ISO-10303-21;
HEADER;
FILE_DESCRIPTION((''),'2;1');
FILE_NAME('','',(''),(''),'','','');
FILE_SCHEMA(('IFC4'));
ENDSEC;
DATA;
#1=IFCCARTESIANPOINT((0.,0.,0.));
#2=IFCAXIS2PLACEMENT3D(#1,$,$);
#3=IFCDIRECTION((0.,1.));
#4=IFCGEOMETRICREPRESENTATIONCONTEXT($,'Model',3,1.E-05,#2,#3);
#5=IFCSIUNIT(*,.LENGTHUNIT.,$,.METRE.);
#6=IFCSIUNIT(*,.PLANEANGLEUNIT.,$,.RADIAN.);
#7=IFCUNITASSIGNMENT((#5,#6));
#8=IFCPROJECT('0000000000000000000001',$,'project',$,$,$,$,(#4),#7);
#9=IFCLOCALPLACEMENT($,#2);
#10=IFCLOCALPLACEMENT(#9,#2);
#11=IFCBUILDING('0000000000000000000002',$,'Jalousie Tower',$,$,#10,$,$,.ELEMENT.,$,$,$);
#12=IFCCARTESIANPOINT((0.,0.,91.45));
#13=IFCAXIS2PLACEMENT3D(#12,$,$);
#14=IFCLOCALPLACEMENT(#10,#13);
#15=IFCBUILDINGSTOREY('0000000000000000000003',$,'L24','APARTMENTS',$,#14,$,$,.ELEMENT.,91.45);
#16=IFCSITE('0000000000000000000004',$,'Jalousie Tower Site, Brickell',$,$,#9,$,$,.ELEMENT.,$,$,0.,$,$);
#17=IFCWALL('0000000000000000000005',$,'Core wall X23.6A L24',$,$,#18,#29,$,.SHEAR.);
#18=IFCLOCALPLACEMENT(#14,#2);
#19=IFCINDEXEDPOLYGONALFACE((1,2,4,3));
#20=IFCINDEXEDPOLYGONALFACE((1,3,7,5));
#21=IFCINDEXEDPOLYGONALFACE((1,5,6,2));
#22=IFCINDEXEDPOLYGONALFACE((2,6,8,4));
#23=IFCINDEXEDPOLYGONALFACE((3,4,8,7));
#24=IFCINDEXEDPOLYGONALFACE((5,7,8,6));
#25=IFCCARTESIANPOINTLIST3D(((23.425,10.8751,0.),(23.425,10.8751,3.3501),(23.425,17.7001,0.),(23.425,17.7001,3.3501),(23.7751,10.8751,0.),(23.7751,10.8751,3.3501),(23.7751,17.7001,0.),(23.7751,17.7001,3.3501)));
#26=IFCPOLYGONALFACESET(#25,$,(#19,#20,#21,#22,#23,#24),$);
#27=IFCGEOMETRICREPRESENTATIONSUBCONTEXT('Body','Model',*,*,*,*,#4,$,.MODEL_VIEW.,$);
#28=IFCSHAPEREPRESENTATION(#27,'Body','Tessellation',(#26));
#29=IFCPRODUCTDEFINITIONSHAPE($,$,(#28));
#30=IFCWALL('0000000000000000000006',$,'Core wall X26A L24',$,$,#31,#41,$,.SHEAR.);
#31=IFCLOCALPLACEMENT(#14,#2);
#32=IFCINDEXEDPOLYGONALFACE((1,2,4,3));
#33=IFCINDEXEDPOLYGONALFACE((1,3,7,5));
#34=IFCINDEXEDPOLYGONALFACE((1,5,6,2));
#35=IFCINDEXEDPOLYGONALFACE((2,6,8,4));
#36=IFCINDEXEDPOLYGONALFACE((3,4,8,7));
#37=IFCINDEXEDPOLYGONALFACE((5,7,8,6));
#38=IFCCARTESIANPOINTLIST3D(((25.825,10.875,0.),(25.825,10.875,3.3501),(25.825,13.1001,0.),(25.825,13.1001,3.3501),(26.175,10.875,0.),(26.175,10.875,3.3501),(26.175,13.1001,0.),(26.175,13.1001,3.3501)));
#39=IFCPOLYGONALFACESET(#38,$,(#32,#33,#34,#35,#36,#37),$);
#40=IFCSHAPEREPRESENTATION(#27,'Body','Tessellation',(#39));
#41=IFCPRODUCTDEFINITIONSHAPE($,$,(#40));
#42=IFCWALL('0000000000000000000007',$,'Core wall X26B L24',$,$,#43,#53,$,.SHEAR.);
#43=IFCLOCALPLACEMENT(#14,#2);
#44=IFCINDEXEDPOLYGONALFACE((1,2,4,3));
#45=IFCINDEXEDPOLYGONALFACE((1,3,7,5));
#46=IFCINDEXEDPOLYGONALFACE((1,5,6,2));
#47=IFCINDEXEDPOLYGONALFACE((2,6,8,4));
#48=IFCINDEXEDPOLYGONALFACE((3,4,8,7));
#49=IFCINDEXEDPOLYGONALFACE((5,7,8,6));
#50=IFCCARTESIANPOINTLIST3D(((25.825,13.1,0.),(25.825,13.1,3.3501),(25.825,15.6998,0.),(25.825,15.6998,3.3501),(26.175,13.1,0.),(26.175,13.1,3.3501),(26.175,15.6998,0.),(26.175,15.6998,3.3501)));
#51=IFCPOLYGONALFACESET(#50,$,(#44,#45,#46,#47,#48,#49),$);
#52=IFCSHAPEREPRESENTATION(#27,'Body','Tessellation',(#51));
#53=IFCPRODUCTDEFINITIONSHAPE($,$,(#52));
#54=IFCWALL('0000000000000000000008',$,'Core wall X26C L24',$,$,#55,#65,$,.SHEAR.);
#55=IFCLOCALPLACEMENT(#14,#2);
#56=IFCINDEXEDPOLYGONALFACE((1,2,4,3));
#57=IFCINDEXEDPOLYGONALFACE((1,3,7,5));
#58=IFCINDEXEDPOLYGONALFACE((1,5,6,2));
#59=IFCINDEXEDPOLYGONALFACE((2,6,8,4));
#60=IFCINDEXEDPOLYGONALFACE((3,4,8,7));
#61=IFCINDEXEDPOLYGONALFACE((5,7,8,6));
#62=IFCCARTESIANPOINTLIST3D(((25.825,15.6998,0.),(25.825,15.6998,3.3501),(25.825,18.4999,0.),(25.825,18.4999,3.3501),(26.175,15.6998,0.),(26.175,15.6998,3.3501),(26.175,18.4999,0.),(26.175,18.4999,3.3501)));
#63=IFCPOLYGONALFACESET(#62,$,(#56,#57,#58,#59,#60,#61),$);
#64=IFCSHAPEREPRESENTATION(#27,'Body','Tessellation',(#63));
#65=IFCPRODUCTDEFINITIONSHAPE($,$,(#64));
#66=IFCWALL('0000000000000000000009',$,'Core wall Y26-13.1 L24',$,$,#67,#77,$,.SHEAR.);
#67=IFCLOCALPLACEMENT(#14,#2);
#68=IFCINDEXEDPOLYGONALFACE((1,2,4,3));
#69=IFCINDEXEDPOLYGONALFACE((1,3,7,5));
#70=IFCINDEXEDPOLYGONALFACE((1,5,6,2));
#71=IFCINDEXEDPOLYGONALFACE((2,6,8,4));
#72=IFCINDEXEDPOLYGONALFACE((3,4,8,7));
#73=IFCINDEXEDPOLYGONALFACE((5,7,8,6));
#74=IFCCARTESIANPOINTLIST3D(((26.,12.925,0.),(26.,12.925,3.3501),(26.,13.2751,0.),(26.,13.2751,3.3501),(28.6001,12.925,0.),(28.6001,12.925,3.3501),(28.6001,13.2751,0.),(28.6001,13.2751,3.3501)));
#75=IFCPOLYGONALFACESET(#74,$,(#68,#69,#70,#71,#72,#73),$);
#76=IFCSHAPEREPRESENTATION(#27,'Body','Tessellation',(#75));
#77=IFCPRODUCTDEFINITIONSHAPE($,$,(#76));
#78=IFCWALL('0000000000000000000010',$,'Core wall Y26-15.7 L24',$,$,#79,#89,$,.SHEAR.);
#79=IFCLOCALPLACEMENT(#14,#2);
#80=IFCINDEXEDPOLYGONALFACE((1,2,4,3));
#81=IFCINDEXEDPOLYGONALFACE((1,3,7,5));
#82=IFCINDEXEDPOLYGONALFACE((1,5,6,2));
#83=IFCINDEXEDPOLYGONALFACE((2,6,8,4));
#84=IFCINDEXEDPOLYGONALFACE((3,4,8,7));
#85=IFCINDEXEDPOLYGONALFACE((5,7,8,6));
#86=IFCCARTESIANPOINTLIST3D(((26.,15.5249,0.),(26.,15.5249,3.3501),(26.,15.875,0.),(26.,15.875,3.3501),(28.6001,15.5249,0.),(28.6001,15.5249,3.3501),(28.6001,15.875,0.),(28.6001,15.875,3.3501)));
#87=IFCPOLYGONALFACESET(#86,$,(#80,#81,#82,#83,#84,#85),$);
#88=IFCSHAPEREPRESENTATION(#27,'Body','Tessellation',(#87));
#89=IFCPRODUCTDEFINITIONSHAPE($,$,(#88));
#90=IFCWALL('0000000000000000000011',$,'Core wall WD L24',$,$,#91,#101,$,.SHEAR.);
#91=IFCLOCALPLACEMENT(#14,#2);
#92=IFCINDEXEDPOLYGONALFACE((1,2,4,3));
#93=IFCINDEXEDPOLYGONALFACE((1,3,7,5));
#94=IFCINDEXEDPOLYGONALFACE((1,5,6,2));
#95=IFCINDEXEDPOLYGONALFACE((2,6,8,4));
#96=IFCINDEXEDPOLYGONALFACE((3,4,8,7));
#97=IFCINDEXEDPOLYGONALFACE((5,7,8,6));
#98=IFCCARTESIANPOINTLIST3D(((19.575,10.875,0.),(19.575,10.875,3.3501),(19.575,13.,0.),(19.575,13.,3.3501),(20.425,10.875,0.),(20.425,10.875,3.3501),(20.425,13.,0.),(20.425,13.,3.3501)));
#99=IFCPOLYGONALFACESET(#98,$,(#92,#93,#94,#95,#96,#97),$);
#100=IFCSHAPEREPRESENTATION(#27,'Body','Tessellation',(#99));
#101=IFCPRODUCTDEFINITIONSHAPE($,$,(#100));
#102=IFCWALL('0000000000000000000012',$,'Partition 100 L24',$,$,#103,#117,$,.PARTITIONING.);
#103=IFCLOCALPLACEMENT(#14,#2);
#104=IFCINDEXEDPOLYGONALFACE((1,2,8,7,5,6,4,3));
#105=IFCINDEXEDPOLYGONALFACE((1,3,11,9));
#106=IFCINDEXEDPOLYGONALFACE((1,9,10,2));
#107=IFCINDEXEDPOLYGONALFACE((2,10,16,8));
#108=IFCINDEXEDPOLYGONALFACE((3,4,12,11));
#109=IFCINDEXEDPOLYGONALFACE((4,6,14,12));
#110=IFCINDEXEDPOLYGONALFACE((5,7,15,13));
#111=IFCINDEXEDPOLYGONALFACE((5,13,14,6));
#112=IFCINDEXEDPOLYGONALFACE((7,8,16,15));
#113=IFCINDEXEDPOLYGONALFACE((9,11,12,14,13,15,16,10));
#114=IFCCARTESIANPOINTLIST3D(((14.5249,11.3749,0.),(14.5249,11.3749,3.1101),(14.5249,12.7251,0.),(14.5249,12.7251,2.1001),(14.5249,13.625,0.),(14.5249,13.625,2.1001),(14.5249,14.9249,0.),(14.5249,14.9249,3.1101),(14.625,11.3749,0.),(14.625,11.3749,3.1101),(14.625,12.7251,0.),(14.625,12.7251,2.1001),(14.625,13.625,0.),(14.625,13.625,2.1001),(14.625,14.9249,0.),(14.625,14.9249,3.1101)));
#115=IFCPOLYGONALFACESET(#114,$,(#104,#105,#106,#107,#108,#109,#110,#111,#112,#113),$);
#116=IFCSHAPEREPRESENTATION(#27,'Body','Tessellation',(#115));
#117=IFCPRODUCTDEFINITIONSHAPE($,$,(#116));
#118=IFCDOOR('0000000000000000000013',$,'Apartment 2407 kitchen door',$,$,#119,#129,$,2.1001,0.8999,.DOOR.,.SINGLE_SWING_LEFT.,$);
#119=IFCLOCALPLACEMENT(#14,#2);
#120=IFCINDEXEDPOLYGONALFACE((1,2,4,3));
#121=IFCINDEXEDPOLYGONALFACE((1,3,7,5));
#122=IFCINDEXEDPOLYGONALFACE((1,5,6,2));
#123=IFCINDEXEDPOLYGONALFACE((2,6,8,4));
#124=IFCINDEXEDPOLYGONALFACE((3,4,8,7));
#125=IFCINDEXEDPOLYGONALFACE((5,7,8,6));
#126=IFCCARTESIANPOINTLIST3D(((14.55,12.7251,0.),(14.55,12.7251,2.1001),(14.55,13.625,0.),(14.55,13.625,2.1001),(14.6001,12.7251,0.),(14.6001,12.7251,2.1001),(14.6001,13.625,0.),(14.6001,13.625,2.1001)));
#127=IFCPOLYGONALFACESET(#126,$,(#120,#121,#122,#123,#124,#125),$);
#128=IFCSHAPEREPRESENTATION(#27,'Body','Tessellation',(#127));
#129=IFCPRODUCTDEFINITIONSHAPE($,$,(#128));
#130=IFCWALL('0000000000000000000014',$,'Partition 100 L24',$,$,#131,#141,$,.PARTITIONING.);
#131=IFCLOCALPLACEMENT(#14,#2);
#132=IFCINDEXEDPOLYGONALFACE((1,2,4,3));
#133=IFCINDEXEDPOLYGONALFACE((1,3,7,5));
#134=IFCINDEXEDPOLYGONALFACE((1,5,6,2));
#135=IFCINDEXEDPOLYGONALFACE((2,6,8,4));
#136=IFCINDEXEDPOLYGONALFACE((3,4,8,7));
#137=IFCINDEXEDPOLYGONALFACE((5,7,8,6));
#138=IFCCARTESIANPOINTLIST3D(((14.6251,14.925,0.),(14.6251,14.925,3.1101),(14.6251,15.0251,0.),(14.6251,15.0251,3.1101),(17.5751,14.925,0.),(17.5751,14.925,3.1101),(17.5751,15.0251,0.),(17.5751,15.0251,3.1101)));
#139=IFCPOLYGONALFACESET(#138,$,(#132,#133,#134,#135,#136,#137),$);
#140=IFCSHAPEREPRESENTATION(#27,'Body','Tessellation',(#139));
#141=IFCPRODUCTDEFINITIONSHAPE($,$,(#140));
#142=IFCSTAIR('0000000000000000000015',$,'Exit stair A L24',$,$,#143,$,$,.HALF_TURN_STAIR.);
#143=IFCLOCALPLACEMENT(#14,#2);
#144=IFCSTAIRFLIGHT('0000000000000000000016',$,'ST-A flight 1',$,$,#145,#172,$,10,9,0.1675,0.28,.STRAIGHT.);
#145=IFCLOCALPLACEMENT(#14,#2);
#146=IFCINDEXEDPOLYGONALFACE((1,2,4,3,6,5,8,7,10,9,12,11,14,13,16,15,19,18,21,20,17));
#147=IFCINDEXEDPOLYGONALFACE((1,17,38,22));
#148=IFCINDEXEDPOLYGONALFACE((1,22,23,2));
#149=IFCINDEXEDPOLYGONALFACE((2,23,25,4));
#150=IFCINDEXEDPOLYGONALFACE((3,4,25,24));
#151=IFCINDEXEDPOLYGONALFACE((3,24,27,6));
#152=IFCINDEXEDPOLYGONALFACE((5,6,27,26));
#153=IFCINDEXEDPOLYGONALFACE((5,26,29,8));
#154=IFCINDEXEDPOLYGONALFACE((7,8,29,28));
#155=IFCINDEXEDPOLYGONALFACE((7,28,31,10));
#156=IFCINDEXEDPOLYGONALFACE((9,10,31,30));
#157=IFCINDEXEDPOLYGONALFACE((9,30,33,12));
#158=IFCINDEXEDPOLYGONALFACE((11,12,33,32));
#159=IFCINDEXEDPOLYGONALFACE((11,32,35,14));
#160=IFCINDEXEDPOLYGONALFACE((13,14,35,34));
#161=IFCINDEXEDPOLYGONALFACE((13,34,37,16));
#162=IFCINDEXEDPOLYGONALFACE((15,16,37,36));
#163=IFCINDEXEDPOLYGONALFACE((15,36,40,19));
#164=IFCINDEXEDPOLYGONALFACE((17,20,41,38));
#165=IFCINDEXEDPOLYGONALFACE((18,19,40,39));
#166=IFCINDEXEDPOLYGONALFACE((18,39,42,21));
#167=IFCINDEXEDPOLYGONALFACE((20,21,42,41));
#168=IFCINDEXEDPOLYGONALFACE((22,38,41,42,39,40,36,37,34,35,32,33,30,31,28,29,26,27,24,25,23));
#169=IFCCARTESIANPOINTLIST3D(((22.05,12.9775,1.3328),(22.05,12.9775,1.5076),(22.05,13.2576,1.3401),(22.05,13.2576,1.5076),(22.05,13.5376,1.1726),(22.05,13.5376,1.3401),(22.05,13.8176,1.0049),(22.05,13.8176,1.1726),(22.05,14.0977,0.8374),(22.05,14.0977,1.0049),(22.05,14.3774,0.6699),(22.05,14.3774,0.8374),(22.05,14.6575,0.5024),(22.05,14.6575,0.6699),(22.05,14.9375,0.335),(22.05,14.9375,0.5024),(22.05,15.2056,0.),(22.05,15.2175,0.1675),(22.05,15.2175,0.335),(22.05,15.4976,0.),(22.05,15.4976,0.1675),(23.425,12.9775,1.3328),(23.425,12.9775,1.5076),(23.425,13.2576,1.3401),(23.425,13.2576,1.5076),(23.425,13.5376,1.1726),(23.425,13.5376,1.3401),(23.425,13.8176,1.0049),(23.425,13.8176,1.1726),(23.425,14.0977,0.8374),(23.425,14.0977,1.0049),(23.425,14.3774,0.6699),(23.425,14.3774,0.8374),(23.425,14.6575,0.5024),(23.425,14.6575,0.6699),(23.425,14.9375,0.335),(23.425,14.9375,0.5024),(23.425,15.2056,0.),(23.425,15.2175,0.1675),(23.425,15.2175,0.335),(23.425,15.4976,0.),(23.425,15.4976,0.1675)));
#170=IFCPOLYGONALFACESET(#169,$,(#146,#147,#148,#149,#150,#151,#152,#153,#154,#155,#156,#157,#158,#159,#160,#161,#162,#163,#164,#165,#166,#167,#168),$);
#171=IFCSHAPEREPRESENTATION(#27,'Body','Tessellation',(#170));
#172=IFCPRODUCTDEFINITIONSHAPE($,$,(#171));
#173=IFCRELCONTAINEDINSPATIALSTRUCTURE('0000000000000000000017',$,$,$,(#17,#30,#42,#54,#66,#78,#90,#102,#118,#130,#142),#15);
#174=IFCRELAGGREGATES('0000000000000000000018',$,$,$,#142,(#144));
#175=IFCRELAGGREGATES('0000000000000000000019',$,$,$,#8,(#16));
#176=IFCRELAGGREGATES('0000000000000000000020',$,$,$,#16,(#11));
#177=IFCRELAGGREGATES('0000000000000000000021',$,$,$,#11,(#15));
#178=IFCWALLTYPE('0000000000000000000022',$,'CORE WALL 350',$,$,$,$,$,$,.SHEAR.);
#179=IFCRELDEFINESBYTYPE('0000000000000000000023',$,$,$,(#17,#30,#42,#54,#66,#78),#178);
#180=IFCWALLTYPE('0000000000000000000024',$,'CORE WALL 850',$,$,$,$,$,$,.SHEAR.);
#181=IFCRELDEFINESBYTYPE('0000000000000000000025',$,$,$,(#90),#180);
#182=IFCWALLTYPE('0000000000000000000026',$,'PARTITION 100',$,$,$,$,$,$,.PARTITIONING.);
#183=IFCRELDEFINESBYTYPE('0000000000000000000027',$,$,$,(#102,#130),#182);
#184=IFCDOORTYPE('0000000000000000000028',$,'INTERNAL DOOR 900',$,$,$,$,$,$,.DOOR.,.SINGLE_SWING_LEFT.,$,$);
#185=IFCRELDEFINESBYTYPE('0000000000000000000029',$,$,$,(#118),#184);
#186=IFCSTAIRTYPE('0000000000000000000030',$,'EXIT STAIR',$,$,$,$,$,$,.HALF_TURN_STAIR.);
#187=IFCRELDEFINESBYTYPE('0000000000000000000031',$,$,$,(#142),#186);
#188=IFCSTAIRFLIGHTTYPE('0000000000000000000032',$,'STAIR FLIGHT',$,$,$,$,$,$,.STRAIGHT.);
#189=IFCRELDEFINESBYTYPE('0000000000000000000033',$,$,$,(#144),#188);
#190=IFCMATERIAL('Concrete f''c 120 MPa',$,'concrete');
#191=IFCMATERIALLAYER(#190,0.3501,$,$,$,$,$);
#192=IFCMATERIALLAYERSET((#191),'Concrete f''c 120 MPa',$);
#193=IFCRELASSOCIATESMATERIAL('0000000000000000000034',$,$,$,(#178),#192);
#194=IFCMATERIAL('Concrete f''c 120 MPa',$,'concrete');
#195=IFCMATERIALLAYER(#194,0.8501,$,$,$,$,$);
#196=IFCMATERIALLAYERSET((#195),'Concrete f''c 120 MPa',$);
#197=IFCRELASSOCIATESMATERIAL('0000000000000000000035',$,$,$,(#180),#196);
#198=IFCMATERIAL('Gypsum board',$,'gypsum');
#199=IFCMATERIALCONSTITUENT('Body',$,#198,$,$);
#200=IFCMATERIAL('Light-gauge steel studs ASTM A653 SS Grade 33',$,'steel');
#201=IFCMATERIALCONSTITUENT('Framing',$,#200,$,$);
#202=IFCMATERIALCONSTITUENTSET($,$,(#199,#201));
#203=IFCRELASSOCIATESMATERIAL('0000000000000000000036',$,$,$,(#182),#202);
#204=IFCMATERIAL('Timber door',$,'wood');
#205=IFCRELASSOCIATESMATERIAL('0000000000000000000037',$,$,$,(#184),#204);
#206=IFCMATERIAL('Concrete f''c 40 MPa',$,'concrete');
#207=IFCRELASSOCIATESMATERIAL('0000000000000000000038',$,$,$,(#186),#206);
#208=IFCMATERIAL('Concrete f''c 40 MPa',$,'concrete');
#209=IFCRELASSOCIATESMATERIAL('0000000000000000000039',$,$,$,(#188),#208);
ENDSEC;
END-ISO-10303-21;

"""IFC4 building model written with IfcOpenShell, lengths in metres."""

from ifc_helpers import new_model, si_unit, direction, frame, frame_2d, origin, place, context, subcontext, project, spatial, polyline, rectangle, outline, extrude, material, layer, layer_set, constituent, constituent_set, type_object, element, fill, aggregate, save


model = new_model("IFC4")

# Units and contexts
model_context = context("Model", 3, precision=1e-05, world=origin(), true_north=direction((0.0, 1.0)))
body_context = subcontext(model_context, "Body", "Model", "MODEL_VIEW")
ifc_project = project(units=[si_unit("LENGTHUNIT", "METRE"), si_unit("PLANEANGLEUNIT", "RADIAN")], contexts=[model_context])

# Site, building, storey
site_placement = place(None, origin())
site = spatial("IfcSite", under=ifc_project, at=site_placement, Name="Jalousie Tower Site, Brickell", CompositionType="ELEMENT", RefElevation=0.0)
building_placement = place(site_placement, origin())
building = spatial("IfcBuilding", under=site, at=building_placement, Name="Jalousie Tower", CompositionType="ELEMENT")
storey_placement = place(building_placement, frame((0.0, 0.0, 91.45)))
storey = spatial("IfcBuildingStorey", under=building, at=storey_placement, Name="L24", Description="APARTMENTS", CompositionType="ELEMENT", Elevation=91.45)

# Walls
ifc_material_1 = material(Name="Concrete f'c 120 MPa", Category="concrete")
ifc_layer_1 = layer(ifc_material_1, 0.3501)
ifc_layer_set_1 = layer_set([ifc_layer_1], Name="Concrete f'c 120 MPa")
wall_type_1 = type_object("IfcWallType", Name="CORE WALL 350", PredefinedType="SHEAR", material=ifc_layer_set_1)
wall_1_placement = place(storey_placement, frame((23.6001, 10.875, 0.0), z_axis=(0.0, 0.0, 1.0), x_axis=(0.0, 1.0, 0.0)))
element("IfcWall", 1, at=wall_1_placement, inside=storey, type_object=wall_type_1, Name="Core wall X23.6A L24", PredefinedType="SHEAR", context=body_context, shape_type="SweptSolid", body=[
    extrude(rectangle(XDim=6.825, YDim=0.3501, at=frame_2d((3.4126, 0.0))), origin(), (0.0, 0.0, 1.0), 3.3501),
])
wall_2_placement = place(storey_placement, frame((26.0, 10.875, 0.0), z_axis=(0.0, 0.0, 1.0), x_axis=(0.0, 1.0, 0.0)))
element("IfcWall", 2, at=wall_2_placement, inside=storey, type_object=wall_type_1, Name="Core wall X26A L24", PredefinedType="SHEAR", context=body_context, shape_type="SweptSolid", body=[
    extrude(rectangle(XDim=2.2251, YDim=0.3501, at=frame_2d((1.1125, 0.0))), origin(), (0.0, 0.0, 1.0), 3.3501),
])
wall_3_placement = place(storey_placement, frame((26.0, 13.1001, 0.0), z_axis=(0.0, 0.0, 1.0), x_axis=(0.0, 1.0, 0.0)))
element("IfcWall", 3, at=wall_3_placement, inside=storey, type_object=wall_type_1, Name="Core wall X26B L24", PredefinedType="SHEAR", context=body_context, shape_type="SweptSolid", body=[
    extrude(rectangle(XDim=2.5999, YDim=0.3501, at=frame_2d((1.2998, 0.0))), origin(), (0.0, 0.0, 1.0), 3.3501),
])
wall_4_placement = place(storey_placement, frame((26.0, 15.7, 0.0), z_axis=(0.0, 0.0, 1.0), x_axis=(0.0, 1.0, 0.0)))
element("IfcWall", 4, at=wall_4_placement, inside=storey, type_object=wall_type_1, Name="Core wall X26C L24", PredefinedType="SHEAR", context=body_context, shape_type="SweptSolid", body=[
    extrude(rectangle(XDim=2.8, YDim=0.3501, at=frame_2d((1.3999, 0.0))), origin(), (0.0, 0.0, 1.0), 3.3501),
])
for number, where, z_axis, x_axis, name in (
    (5, (26.0, 13.1001, 0.0), (0.0, 0.0, 1.0), (1.0, 0.0, 0.0), "Core wall Y26-13.1 L24"),
    (6, (26.0, 15.7, 0.0), (0.0, 0.0, 1.0), (1.0, 0.0, 0.0), "Core wall Y26-15.7 L24"),
):
    element("IfcWall", number, at=place(storey_placement, frame(where, z_axis=z_axis, x_axis=x_axis)), inside=storey, type_object=wall_type_1, Name=name, PredefinedType="SHEAR", context=body_context, shape_type="SweptSolid", body=[
        extrude(rectangle(XDim=2.6001, YDim=0.3501, at=frame_2d((1.3, 0.0))), origin(), (0.0, 0.0, 1.0), 3.3501),
    ])
ifc_material_2 = material(Name="Concrete f'c 120 MPa", Category="concrete")
ifc_layer_2 = layer(ifc_material_2, 0.8501)
ifc_layer_set_2 = layer_set([ifc_layer_2], Name="Concrete f'c 120 MPa")
wall_type_2 = type_object("IfcWallType", Name="CORE WALL 850", PredefinedType="SHEAR", material=ifc_layer_set_2)
wall_5_placement = place(storey_placement, frame((20.0, 13.0, 0.0), z_axis=(0.0, 0.0, 1.0), x_axis=(0.0, -1.0, 0.0)))
element("IfcWall", 7, at=wall_5_placement, inside=storey, type_object=wall_type_2, Name="Core wall WD L24", PredefinedType="SHEAR", context=body_context, shape_type="SweptSolid", body=[
    extrude(rectangle(XDim=2.125, YDim=0.8501, at=frame_2d((1.0625, 0.0))), origin(), (0.0, 0.0, 1.0), 3.3501),
])

# Wall, opening, door
ifc_material_3 = material(Name="Gypsum board", Category="gypsum")
ifc_constituent_1 = constituent(ifc_material_3, Name="Body")
ifc_material_4 = material(Name="Light-gauge steel studs ASTM A653 SS Grade 33", Category="steel")
ifc_constituent_2 = constituent(ifc_material_4, Name="Framing")
ifc_constituent_set_1 = constituent_set(constituents=[ifc_constituent_1, ifc_constituent_2])
wall_type_3 = type_object("IfcWallType", Name="PARTITION 100", PredefinedType="PARTITIONING", material=ifc_constituent_set_1)
wall_6_placement = place(storey_placement, frame((14.575, 11.375, 0.0), z_axis=(0.0, 0.0, 1.0), x_axis=(0.0, 1.0, 0.0)))
wall_6 = element("IfcWall", 8, at=wall_6_placement, inside=storey, type_object=wall_type_3, Name="Partition 100 L24", PredefinedType="PARTITIONING", context=body_context, shape_type="SweptSolid", body=[
    extrude(rectangle(XDim=3.55, YDim=0.1001, at=frame_2d((1.7749, 0.0))), origin(), (0.0, 0.0, 1.0), 3.1101),
])
opening_placement = place(wall_6_placement, frame((1.3501, 0.0, 0.0)))
opening = element("IfcOpeningElement", 9, at=opening_placement, cuts=wall_6, PredefinedType="OPENING", context=body_context, shape_type="SweptSolid", body=[
    extrude(rectangle(XDim=0.8999, YDim=2.1001, at=frame_2d((0.45, 1.05))), frame((0.0, 0.0601, 0.0), z_axis=(0.0, -1.0, 0.0), x_axis=(1.0, 0.0, 0.0)), (0.0, 0.0, 1.0), 0.1201),
])
ifc_material_5 = material(Name="Timber door", Category="wood")
door_type = type_object("IfcDoorType", Name="INTERNAL DOOR 900", OperationType="SINGLE_SWING_LEFT", PredefinedType="DOOR", material=ifc_material_5)
door_placement = place(opening_placement, origin())
door = element("IfcDoor", 10, at=door_placement, inside=storey, type_object=door_type, Name="Apartment 2407 kitchen door", OperationType="SINGLE_SWING_LEFT", OverallHeight=2.1001, OverallWidth=0.8999, PredefinedType="DOOR", context=body_context, shape_type="SweptSolid", body=[
    extrude(rectangle(XDim=0.8999, YDim=2.1001, at=frame_2d((0.45, 1.05))), frame((0.0, 0.0249, 0.0), z_axis=(0.0, -1.0, 0.0), x_axis=(1.0, 0.0, 0.0)), (0.0, 0.0, 1.0), 0.05),
])
fill(opening, door)

# Wall
wall_7_placement = place(storey_placement, frame((14.625, 14.9751, 0.0), z_axis=(0.0, 0.0, 1.0), x_axis=(1.0, 0.0, 0.0)))
element("IfcWall", 11, at=wall_7_placement, inside=storey, type_object=wall_type_3, Name="Partition 100 L24", PredefinedType="PARTITIONING", context=body_context, shape_type="SweptSolid", body=[
    extrude(rectangle(XDim=2.95, YDim=0.1001, at=frame_2d((1.4751, 0.0))), origin(), (0.0, 0.0, 1.0), 3.1101),
])

# Stair, stair flight
ifc_material_6 = material(Name="Concrete f'c 40 MPa", Category="concrete")
stair_type = type_object("IfcStairType", Name="EXIT STAIR", PredefinedType="HALF_TURN_STAIR", material=ifc_material_6)
stair_placement = place(storey_placement, origin())
stair = element("IfcStair", 12, at=stair_placement, inside=storey, type_object=stair_type, Name="Exit stair A L24", PredefinedType="HALF_TURN_STAIR")
ifc_material_7 = material(Name="Concrete f'c 40 MPa", Category="concrete")
stair_flight_type = type_object("IfcStairFlightType", Name="STAIR FLIGHT", PredefinedType="STRAIGHT", material=ifc_material_7)
stair_flight_1_placement = place(storey_placement, frame((22.7375, 15.4976, 0.0), z_axis=(0.0, 0.0, 1.0), x_axis=(0.0, -1.0, 0.0)))
stair_flight_1 = element("IfcStairFlight", 13, at=stair_flight_1_placement, type_object=stair_flight_type, Name="ST-A flight 1", NumberOfRisers=10, NumberOfTreads=9, PredefinedType="STRAIGHT", RiserHeight=0.1675, TreadLength=0.28, context=body_context, shape_type="SweptSolid", body=[
    extrude(outline(polyline([(0.0, 0.0), (0.0, 0.1675), (0.28, 0.1675), (0.28, 0.335), (0.5601, 0.335), (0.5601, 0.5024), (0.8401, 0.5024), (0.8401, 0.6699), (1.1201, 0.6699), (1.1201, 0.8374), (1.3999, 0.8374), (1.3999, 1.0049), (1.6799, 1.0049), (1.6799, 1.1726), (1.96, 1.1726), (1.96, 1.3401), (2.24, 1.3401), (2.24, 1.5076), (2.52, 1.5076), (2.52, 1.675), (2.52, 1.3328), (0.292, 0.0), (0.0, 0.0)])), frame((0.0, 0.6875, 0.0), z_axis=(0.0, -1.0, 0.0), x_axis=(1.0, 0.0, 0.0)), (0.0, 0.0, 1.0), 1.375),
])
aggregate(stair, [stair_flight_1])

save(model, "model.ifc")
